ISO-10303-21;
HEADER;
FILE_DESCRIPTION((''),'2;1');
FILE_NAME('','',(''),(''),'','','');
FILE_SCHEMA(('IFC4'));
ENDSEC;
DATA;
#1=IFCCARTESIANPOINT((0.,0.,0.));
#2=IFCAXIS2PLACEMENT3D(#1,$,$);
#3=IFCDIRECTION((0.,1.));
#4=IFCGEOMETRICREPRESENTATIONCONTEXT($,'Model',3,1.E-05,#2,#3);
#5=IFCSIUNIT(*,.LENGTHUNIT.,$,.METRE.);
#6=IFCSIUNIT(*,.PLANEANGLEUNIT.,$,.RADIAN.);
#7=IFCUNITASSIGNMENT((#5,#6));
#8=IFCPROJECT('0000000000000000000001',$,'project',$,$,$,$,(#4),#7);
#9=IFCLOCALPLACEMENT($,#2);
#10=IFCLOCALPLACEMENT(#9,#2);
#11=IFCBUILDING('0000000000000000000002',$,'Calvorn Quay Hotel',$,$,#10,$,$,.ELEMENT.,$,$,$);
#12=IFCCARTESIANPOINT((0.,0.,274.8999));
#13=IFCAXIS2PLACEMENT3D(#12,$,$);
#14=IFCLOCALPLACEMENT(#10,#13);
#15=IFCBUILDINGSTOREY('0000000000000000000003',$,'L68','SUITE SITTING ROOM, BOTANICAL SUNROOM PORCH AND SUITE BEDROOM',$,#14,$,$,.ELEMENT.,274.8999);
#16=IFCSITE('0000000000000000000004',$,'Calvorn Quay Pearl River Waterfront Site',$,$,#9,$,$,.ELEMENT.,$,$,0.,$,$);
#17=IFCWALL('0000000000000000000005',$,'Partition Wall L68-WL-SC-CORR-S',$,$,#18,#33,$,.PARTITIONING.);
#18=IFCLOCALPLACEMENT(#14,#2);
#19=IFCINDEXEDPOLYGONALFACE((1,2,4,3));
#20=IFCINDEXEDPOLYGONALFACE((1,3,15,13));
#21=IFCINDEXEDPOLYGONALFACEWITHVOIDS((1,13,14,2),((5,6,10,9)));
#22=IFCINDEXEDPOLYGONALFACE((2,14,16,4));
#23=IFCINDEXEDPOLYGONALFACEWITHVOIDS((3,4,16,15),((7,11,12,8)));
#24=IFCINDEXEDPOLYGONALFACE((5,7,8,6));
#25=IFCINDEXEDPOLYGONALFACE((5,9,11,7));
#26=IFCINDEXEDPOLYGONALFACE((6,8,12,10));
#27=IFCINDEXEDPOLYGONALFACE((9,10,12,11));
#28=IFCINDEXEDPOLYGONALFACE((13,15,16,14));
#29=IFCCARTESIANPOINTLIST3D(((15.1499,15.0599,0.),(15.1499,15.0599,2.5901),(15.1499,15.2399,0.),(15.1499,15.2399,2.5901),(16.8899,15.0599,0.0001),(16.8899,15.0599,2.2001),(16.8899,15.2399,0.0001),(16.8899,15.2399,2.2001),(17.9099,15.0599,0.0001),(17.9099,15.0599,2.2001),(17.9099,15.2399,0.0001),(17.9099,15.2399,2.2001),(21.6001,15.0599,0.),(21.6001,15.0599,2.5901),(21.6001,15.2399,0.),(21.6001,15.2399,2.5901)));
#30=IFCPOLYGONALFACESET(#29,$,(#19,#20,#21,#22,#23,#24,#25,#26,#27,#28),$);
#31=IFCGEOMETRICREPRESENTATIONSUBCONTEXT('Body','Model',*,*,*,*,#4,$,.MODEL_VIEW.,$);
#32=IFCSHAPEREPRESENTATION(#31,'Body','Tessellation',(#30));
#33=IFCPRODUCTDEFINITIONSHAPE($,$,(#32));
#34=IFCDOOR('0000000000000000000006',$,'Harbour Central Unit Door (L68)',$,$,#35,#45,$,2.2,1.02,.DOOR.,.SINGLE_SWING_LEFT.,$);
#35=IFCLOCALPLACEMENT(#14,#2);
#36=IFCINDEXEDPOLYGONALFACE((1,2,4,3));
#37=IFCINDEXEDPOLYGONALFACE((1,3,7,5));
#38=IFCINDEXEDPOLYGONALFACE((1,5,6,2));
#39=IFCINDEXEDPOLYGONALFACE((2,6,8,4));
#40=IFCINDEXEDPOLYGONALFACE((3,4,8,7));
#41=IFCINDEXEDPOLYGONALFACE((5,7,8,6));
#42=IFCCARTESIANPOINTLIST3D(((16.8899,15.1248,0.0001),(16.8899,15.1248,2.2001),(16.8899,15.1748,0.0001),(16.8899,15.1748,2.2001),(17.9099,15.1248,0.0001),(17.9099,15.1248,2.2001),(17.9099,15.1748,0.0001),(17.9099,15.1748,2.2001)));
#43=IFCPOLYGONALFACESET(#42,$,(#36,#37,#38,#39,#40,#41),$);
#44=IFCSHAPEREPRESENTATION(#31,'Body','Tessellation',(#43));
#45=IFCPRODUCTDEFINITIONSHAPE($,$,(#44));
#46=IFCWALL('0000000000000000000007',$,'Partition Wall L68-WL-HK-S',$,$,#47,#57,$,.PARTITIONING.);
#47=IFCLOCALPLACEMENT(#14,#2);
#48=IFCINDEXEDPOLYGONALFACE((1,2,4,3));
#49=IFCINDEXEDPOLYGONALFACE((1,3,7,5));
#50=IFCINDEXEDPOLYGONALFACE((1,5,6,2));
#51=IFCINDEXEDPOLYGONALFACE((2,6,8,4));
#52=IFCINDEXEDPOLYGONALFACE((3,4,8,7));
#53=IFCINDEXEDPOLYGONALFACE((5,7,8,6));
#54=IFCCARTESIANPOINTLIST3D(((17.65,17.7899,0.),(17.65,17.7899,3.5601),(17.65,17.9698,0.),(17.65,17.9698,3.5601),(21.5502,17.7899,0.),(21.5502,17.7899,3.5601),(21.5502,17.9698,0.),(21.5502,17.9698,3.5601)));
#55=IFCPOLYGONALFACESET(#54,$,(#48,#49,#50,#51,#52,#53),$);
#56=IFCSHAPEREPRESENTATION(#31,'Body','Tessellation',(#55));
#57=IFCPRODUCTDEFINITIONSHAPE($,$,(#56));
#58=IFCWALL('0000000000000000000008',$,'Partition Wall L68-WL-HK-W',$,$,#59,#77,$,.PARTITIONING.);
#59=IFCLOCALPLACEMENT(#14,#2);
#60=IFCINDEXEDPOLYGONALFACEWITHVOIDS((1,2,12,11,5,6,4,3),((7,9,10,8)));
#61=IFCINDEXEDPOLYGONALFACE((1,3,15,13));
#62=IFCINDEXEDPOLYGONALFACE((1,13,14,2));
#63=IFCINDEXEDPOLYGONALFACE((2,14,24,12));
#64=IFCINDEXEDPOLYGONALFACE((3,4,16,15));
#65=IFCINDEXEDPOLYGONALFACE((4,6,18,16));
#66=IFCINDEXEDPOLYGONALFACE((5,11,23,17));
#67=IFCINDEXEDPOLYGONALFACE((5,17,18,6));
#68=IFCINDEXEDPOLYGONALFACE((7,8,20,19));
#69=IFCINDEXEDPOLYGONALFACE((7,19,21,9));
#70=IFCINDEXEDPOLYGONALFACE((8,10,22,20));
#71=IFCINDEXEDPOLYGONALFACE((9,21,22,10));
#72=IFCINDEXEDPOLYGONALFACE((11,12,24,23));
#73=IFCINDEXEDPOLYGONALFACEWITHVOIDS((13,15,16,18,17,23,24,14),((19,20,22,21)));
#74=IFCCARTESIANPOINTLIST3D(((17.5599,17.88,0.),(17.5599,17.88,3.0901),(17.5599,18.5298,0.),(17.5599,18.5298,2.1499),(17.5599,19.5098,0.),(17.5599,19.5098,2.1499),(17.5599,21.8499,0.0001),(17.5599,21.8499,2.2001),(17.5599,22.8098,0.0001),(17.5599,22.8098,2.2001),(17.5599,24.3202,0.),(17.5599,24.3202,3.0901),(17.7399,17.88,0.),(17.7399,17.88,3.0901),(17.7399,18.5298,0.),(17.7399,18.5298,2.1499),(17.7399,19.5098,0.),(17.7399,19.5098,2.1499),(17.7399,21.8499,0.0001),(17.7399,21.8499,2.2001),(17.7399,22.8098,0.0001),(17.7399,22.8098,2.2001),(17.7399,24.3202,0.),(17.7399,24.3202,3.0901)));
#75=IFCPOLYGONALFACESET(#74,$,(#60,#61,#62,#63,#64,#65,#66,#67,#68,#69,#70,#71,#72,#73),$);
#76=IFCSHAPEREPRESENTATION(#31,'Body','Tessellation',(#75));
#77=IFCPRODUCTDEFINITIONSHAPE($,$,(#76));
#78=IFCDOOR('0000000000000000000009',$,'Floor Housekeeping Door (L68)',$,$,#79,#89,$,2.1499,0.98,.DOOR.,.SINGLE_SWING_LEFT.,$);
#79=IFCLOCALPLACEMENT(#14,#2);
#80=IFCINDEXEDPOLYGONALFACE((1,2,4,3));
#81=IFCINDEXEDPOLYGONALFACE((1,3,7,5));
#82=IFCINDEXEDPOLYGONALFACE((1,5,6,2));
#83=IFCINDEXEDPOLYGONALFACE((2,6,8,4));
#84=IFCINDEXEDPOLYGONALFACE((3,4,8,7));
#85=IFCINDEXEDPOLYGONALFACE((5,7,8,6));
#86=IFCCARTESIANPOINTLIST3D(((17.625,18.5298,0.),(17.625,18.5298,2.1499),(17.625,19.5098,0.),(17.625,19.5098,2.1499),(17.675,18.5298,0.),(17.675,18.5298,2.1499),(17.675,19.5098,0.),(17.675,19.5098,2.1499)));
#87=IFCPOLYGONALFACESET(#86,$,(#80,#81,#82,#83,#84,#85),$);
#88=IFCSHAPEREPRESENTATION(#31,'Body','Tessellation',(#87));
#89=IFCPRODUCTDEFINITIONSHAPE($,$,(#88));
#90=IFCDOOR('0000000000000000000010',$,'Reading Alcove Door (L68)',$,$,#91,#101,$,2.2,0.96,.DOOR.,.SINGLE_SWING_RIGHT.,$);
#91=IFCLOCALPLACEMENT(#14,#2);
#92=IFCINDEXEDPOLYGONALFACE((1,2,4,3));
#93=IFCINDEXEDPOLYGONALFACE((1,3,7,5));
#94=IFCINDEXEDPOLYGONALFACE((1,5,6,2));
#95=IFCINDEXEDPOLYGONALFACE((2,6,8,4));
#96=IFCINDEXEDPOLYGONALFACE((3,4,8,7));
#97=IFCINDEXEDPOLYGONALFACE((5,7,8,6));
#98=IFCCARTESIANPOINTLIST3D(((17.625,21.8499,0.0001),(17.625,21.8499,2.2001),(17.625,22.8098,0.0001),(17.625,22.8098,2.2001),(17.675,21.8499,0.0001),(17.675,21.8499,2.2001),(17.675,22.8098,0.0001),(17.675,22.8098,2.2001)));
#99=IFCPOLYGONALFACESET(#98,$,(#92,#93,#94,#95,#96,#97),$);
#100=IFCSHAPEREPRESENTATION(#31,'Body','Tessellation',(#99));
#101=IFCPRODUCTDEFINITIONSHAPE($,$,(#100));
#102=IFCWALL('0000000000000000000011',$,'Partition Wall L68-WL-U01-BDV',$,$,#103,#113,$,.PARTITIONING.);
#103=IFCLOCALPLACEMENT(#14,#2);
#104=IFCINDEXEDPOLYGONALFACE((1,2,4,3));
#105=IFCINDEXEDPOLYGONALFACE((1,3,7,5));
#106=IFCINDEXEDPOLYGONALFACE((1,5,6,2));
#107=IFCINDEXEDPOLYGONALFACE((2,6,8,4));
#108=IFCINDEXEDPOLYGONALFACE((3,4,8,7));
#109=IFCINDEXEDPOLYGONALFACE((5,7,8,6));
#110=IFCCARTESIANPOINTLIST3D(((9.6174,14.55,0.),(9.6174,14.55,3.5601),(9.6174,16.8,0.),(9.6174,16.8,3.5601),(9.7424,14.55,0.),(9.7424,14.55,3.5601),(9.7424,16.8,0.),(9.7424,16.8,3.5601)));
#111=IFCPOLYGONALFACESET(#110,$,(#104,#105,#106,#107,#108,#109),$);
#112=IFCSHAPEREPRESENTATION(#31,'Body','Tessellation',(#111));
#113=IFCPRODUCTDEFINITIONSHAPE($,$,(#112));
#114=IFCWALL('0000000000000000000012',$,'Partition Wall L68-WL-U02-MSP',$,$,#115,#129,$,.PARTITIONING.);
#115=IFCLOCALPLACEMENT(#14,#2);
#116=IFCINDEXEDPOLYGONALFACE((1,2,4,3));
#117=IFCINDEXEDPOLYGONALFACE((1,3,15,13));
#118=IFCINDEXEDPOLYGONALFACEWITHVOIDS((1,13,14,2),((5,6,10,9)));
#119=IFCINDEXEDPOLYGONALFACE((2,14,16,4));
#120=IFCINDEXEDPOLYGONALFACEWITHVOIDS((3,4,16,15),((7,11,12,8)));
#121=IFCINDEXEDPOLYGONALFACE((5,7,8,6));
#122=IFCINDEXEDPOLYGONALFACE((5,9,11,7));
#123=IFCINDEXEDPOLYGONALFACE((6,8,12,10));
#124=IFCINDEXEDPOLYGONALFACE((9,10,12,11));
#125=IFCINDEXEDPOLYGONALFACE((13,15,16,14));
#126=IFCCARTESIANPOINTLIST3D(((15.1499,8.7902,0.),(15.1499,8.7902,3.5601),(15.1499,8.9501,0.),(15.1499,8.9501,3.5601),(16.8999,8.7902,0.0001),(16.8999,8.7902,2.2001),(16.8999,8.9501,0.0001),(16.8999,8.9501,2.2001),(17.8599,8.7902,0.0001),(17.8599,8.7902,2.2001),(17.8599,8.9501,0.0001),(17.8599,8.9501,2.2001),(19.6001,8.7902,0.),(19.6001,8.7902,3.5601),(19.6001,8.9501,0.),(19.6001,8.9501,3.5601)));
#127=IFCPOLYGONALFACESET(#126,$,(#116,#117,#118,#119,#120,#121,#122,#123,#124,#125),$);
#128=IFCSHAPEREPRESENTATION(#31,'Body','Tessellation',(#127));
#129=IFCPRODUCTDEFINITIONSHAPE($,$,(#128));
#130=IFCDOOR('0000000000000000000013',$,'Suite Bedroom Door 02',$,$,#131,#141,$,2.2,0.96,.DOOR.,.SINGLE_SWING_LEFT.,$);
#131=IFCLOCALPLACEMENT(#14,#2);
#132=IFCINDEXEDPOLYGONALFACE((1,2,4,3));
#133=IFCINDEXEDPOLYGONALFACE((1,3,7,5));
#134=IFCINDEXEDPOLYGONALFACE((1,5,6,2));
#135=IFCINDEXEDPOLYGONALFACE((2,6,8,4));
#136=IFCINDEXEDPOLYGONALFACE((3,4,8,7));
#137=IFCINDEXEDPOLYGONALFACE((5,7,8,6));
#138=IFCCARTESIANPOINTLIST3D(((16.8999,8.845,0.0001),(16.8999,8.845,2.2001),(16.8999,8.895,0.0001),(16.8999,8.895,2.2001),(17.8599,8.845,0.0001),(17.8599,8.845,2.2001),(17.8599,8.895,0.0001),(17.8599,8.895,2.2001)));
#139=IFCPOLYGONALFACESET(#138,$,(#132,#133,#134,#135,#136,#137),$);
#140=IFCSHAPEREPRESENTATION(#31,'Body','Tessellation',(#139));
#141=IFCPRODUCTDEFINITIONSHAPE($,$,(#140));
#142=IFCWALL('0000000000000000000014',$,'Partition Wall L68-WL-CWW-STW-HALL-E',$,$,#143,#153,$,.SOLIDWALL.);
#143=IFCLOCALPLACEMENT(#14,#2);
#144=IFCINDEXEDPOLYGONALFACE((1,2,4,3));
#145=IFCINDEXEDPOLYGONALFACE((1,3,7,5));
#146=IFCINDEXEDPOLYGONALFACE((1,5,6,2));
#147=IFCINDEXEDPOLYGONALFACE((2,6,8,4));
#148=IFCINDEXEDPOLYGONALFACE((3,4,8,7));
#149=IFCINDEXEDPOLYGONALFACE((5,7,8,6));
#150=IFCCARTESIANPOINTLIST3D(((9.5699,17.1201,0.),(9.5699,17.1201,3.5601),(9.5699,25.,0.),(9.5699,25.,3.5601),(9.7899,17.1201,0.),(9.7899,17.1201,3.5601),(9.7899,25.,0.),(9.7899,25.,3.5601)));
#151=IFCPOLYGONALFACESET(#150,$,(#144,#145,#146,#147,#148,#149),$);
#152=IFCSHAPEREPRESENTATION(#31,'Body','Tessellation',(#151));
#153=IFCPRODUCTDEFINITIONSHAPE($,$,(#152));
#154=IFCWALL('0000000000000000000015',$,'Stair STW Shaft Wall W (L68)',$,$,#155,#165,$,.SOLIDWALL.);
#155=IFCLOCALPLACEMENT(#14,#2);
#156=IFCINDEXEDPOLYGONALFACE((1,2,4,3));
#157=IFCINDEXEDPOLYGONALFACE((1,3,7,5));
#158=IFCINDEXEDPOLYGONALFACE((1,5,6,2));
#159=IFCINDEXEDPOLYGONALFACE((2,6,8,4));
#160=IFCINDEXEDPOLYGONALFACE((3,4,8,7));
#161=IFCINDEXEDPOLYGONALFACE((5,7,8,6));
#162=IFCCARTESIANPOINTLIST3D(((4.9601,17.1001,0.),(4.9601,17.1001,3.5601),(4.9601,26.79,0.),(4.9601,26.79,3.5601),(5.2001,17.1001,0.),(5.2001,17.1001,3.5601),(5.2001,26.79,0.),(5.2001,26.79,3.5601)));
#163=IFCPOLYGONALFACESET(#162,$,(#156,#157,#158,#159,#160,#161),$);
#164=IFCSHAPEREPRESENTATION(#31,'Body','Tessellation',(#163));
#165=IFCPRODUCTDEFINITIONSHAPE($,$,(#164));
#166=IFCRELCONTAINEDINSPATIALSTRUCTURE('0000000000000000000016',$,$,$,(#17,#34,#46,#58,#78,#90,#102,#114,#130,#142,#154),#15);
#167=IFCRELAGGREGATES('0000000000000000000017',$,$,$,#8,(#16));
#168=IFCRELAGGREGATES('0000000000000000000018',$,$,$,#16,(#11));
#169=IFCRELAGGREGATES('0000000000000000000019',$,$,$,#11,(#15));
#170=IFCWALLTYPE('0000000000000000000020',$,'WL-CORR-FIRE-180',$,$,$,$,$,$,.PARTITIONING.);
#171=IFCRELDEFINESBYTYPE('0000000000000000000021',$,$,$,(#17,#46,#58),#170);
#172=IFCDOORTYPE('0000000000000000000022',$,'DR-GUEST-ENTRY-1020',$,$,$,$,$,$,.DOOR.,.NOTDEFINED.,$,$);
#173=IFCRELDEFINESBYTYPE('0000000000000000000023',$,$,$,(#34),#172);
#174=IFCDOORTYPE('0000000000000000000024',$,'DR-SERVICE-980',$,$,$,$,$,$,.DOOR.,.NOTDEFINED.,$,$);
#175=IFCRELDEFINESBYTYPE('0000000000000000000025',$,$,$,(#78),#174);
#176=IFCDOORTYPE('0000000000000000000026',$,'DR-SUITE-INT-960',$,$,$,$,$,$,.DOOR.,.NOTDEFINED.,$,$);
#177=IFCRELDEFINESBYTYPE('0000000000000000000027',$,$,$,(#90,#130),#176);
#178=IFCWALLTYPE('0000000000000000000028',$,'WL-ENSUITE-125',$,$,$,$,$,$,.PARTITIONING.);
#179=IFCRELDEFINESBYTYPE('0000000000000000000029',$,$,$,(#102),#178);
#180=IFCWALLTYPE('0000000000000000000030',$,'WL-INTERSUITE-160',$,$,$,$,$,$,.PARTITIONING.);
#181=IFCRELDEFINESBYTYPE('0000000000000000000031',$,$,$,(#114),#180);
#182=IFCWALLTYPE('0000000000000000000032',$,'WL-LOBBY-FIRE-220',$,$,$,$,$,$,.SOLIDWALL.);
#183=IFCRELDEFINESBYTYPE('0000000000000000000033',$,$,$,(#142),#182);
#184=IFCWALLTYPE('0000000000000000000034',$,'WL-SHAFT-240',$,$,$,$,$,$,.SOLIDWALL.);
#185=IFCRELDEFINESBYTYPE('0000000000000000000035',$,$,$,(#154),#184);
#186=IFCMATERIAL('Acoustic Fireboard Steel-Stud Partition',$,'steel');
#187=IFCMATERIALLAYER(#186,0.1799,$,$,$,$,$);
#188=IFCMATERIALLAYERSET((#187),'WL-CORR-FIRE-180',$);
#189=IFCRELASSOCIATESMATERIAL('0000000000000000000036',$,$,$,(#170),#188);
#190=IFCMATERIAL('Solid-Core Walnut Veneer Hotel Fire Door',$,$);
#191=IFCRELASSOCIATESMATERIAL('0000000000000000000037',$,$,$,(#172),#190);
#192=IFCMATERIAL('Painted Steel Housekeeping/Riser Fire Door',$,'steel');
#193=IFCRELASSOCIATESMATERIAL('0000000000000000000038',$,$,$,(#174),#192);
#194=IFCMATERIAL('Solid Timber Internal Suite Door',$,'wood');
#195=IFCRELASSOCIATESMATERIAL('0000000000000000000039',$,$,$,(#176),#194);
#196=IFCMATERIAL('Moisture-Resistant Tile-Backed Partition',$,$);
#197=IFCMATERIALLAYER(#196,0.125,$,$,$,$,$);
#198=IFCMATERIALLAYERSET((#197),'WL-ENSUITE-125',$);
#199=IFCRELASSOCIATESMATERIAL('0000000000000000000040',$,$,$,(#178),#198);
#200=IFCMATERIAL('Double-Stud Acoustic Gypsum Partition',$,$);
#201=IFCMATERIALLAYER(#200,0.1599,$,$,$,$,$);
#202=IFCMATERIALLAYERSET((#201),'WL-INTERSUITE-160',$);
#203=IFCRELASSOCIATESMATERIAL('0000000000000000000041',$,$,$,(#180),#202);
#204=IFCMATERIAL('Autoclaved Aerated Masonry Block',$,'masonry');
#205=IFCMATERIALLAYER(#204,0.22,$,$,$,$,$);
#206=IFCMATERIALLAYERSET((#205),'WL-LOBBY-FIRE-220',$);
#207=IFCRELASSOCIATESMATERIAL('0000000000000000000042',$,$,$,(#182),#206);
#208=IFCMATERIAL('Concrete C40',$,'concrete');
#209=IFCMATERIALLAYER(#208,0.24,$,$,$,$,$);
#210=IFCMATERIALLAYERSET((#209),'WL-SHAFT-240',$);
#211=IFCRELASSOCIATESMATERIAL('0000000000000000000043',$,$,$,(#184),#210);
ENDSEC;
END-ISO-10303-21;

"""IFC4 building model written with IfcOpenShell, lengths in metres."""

from ifc_helpers import new_model, si_unit, direction, frame, frame_2d, origin, place, context, subcontext, project, spatial, rectangle, extrude, material, layer, layer_set, type_object, element, fill, save


model = new_model("IFC4")

# Units and contexts
model_context = context("Model", 3, precision=1e-05, world=origin(), true_north=direction((0.0, 1.0)))
body_context = subcontext(model_context, "Body", "Model", "MODEL_VIEW")
ifc_project = project(units=[si_unit("LENGTHUNIT", "METRE"), si_unit("PLANEANGLEUNIT", "RADIAN")], contexts=[model_context])

# Site, building, storey
site_placement = place(None, origin())
site = spatial("IfcSite", under=ifc_project, at=site_placement, Name="Calvorn Quay Pearl River Waterfront Site", CompositionType="ELEMENT", RefElevation=0.0)
building_placement = place(site_placement, origin())
building = spatial("IfcBuilding", under=site, at=building_placement, Name="Calvorn Quay Hotel", CompositionType="ELEMENT")
storey_placement = place(building_placement, frame((0.0, 0.0, 274.8999)))
storey = spatial("IfcBuildingStorey", under=building, at=storey_placement, Name="L68", Description="SUITE SITTING ROOM, BOTANICAL SUNROOM PORCH AND SUITE BEDROOM", CompositionType="ELEMENT", Elevation=274.8999)

# Wall, opening, door
ifc_material_1 = material(Name="Acoustic Fireboard Steel-Stud Partition", Category="steel")
ifc_layer_1 = layer(ifc_material_1, 0.1799)
ifc_layer_set_1 = layer_set([ifc_layer_1], Name="WL-CORR-FIRE-180")
wall_type_1 = type_object("IfcWallType", Name="WL-CORR-FIRE-180", PredefinedType="PARTITIONING", material=ifc_layer_set_1)
wall_1_placement = place(storey_placement, frame((15.1499, 15.1499, 0.0), z_axis=(0.0, 0.0, 1.0), x_axis=(1.0, 0.0, 0.0)))
wall_1 = element("IfcWall", 1, at=wall_1_placement, inside=storey, type_object=wall_type_1, Name="Partition Wall L68-WL-SC-CORR-S", PredefinedType="PARTITIONING", context=body_context, shape_type="SweptSolid", body=[
    extrude(rectangle(XDim=6.4502, YDim=0.1799, at=frame_2d((3.2251, 0.0))), origin(), (0.0, 0.0, 1.0), 2.5901),
])
opening_1_placement = place(wall_1_placement, frame((1.74, 0.0, 0.0)))
opening_1 = element("IfcOpeningElement", 2, at=opening_1_placement, cuts=wall_1, PredefinedType="OPENING", context=body_context, shape_type="SweptSolid", body=[
    extrude(rectangle(XDim=1.02, YDim=2.2, at=frame_2d((0.51, 1.1001))), frame((0.0, 0.0999, 0.0), z_axis=(0.0, -1.0, 0.0), x_axis=(1.0, 0.0, 0.0)), (0.0, 0.0, 1.0), 0.2),
])
ifc_material_2 = material(Name="Solid-Core Walnut Veneer Hotel Fire Door")
door_type_1 = type_object("IfcDoorType", Name="DR-GUEST-ENTRY-1020", OperationType="NOTDEFINED", PredefinedType="DOOR", material=ifc_material_2)
door_1_placement = place(opening_1_placement, origin())
door_1 = element("IfcDoor", 3, at=door_1_placement, inside=storey, type_object=door_type_1, Name="Harbour Central Unit Door (L68)", OperationType="SINGLE_SWING_LEFT", OverallHeight=2.2, OverallWidth=1.02, PredefinedType="DOOR", context=body_context, shape_type="SweptSolid", body=[
    extrude(rectangle(XDim=1.02, YDim=2.2, at=frame_2d((0.51, 1.1001))), frame((0.0, 0.0249, 0.0), z_axis=(0.0, -1.0, 0.0), x_axis=(1.0, 0.0, 0.0)), (0.0, 0.0, 1.0), 0.05),
])
fill(opening_1, door_1)

# Wall
wall_2_placement = place(storey_placement, frame((17.6499, 17.8799, 0.0), z_axis=(0.0, 0.0, 1.0), x_axis=(1.0, 0.0, 0.0)))
element("IfcWall", 4, at=wall_2_placement, inside=storey, type_object=wall_type_1, Name="Partition Wall L68-WL-HK-S", PredefinedType="PARTITIONING", context=body_context, shape_type="SweptSolid", body=[
    extrude(rectangle(XDim=3.9001, YDim=0.1799, at=frame_2d((1.9502, 0.0))), origin(), (0.0, 0.0, 1.0), 3.5601),
])

# Wall, openings, doors
wall_3_placement = place(storey_placement, frame((17.6499, 17.8799, 0.0), z_axis=(0.0, 0.0, 1.0), x_axis=(0.0, 1.0, 0.0)))
wall_3 = element("IfcWall", 5, at=wall_3_placement, inside=storey, type_object=wall_type_1, Name="Partition Wall L68-WL-HK-W", PredefinedType="PARTITIONING", context=body_context, shape_type="SweptSolid", body=[
    extrude(rectangle(XDim=6.4402, YDim=0.1799, at=frame_2d((3.2202, 0.0))), origin(), (0.0, 0.0, 1.0), 3.0901),
])
opening_2_placement = place(wall_3_placement, frame((0.6499, 0.0, 0.0)))
opening_2 = element("IfcOpeningElement", 6, at=opening_2_placement, cuts=wall_3, PredefinedType="OPENING", context=body_context, shape_type="SweptSolid", body=[
    extrude(rectangle(XDim=0.98, YDim=2.1499, at=frame_2d((0.49, 1.075))), frame((0.0, 0.0999, 0.0), z_axis=(0.0, -1.0, 0.0), x_axis=(1.0, 0.0, 0.0)), (0.0, 0.0, 1.0), 0.2),
])
opening_3_placement = place(wall_3_placement, frame((3.97, 0.0, 0.0)))
opening_3 = element("IfcOpeningElement", 7, at=opening_3_placement, cuts=wall_3, PredefinedType="OPENING", context=body_context, shape_type="SweptSolid", body=[
    extrude(rectangle(XDim=0.96, YDim=2.2, at=frame_2d((0.48, 1.1001))), frame((0.0, 0.0999, 0.0), z_axis=(0.0, -1.0, 0.0), x_axis=(1.0, 0.0, 0.0)), (0.0, 0.0, 1.0), 0.2),
])
ifc_material_3 = material(Name="Painted Steel Housekeeping/Riser Fire Door", Category="steel")
door_type_2 = type_object("IfcDoorType", Name="DR-SERVICE-980", OperationType="NOTDEFINED", PredefinedType="DOOR", material=ifc_material_3)
door_2_placement = place(opening_2_placement, origin())
door_2 = element("IfcDoor", 8, at=door_2_placement, inside=storey, type_object=door_type_2, Name="Floor Housekeeping Door (L68)", OperationType="SINGLE_SWING_LEFT", OverallHeight=2.1499, OverallWidth=0.98, PredefinedType="DOOR", context=body_context, shape_type="SweptSolid", body=[
    extrude(rectangle(XDim=0.98, YDim=2.1499, at=frame_2d((0.49, 1.075))), frame((0.0, 0.0249, 0.0), z_axis=(0.0, -1.0, 0.0), x_axis=(1.0, 0.0, 0.0)), (0.0, 0.0, 1.0), 0.05),
])
fill(opening_2, door_2)
ifc_material_4 = material(Name="Solid Timber Internal Suite Door", Category="wood")
door_type_3 = type_object("IfcDoorType", Name="DR-SUITE-INT-960", OperationType="NOTDEFINED", PredefinedType="DOOR", material=ifc_material_4)
door_3_placement = place(opening_3_placement, origin())
door_3 = element("IfcDoor", 9, at=door_3_placement, inside=storey, type_object=door_type_3, Name="Reading Alcove Door (L68)", OperationType="SINGLE_SWING_RIGHT", OverallHeight=2.2, OverallWidth=0.96, PredefinedType="DOOR", context=body_context, shape_type="SweptSolid", body=[
    extrude(rectangle(XDim=0.96, YDim=2.2, at=frame_2d((0.48, 1.1001))), frame((0.0, 0.0249, 0.0), z_axis=(0.0, -1.0, 0.0), x_axis=(1.0, 0.0, 0.0)), (0.0, 0.0, 1.0), 0.05),
])
fill(opening_3, door_3)

# Wall
ifc_material_5 = material(Name="Moisture-Resistant Tile-Backed Partition")
ifc_layer_2 = layer(ifc_material_5, 0.125)
ifc_layer_set_2 = layer_set([ifc_layer_2], Name="WL-ENSUITE-125")
wall_type_2 = type_object("IfcWallType", Name="WL-ENSUITE-125", PredefinedType="PARTITIONING", material=ifc_layer_set_2)
wall_4_placement = place(storey_placement, frame((9.6799, 14.55, 0.0), z_axis=(0.0, 0.0, 1.0), x_axis=(0.0, 1.0, 0.0)))
element("IfcWall", 10, at=wall_4_placement, inside=storey, type_object=wall_type_2, Name="Partition Wall L68-WL-U01-BDV", PredefinedType="PARTITIONING", context=body_context, shape_type="SweptSolid", body=[
    extrude(rectangle(XDim=2.25, YDim=0.125, at=frame_2d((1.125, 0.0))), origin(), (0.0, 0.0, 1.0), 3.5601),
])

# Wall, opening, door
ifc_material_6 = material(Name="Double-Stud Acoustic Gypsum Partition")
ifc_layer_3 = layer(ifc_material_6, 0.1599)
ifc_layer_set_3 = layer_set([ifc_layer_3], Name="WL-INTERSUITE-160")
wall_type_3 = type_object("IfcWallType", Name="WL-INTERSUITE-160", PredefinedType="PARTITIONING", material=ifc_layer_set_3)
wall_5_placement = place(storey_placement, frame((15.1499, 8.8701, 0.0), z_axis=(0.0, 0.0, 1.0), x_axis=(1.0, 0.0, 0.0)))
wall_5 = element("IfcWall", 11, at=wall_5_placement, inside=storey, type_object=wall_type_3, Name="Partition Wall L68-WL-U02-MSP", PredefinedType="PARTITIONING", context=body_context, shape_type="SweptSolid", body=[
    extrude(rectangle(XDim=4.4502, YDim=0.1599, at=frame_2d((2.2251, 0.0))), origin(), (0.0, 0.0, 1.0), 3.5601),
])
opening_4_placement = place(wall_5_placement, frame((1.75, 0.0, 0.0)))
opening_4 = element("IfcOpeningElement", 12, at=opening_4_placement, cuts=wall_5, PredefinedType="OPENING", context=body_context, shape_type="SweptSolid", body=[
    extrude(rectangle(XDim=0.96, YDim=2.2, at=frame_2d((0.48, 1.1001))), frame((0.0, 0.0898, 0.0), z_axis=(0.0, -1.0, 0.0), x_axis=(1.0, 0.0, 0.0)), (0.0, 0.0, 1.0), 0.1799),
])
door_4_placement = place(opening_4_placement, origin())
door_4 = element("IfcDoor", 13, at=door_4_placement, inside=storey, type_object=door_type_3, Name="Suite Bedroom Door 02", OperationType="SINGLE_SWING_LEFT", OverallHeight=2.2, OverallWidth=0.96, PredefinedType="DOOR", context=body_context, shape_type="SweptSolid", body=[
    extrude(rectangle(XDim=0.96, YDim=2.2, at=frame_2d((0.48, 1.1001))), frame((0.0, 0.0249, 0.0), z_axis=(0.0, -1.0, 0.0), x_axis=(1.0, 0.0, 0.0)), (0.0, 0.0, 1.0), 0.05),
])
fill(opening_4, door_4)

# Walls
ifc_material_7 = material(Name="Autoclaved Aerated Masonry Block", Category="masonry")
ifc_layer_4 = layer(ifc_material_7, 0.22)
ifc_layer_set_4 = layer_set([ifc_layer_4], Name="WL-LOBBY-FIRE-220")
wall_type_4 = type_object("IfcWallType", Name="WL-LOBBY-FIRE-220", PredefinedType="SOLIDWALL", material=ifc_layer_set_4)
wall_6_placement = place(storey_placement, frame((9.6799, 17.1201, 0.0), z_axis=(0.0, 0.0, 1.0), x_axis=(0.0, 1.0, 0.0)))
element("IfcWall", 14, at=wall_6_placement, inside=storey, type_object=wall_type_4, Name="Partition Wall L68-WL-CWW-STW-HALL-E", PredefinedType="SOLIDWALL", context=body_context, shape_type="SweptSolid", body=[
    extrude(rectangle(XDim=7.8799, YDim=0.22, at=frame_2d((3.9399, 0.0))), origin(), (0.0, 0.0, 1.0), 3.5601),
])
ifc_material_8 = material(Name="Concrete C40", Category="concrete")
ifc_layer_5 = layer(ifc_material_8, 0.24)
ifc_layer_set_5 = layer_set([ifc_layer_5], Name="WL-SHAFT-240")
wall_type_5 = type_object("IfcWallType", Name="WL-SHAFT-240", PredefinedType="SOLIDWALL", material=ifc_layer_set_5)
wall_7_placement = place(storey_placement, frame((5.0801, 17.1001, 0.0), z_axis=(0.0, 0.0, 1.0), x_axis=(0.0, 1.0, 0.0)))
element("IfcWall", 15, at=wall_7_placement, inside=storey, type_object=wall_type_5, Name="Stair STW Shaft Wall W (L68)", PredefinedType="SOLIDWALL", context=body_context, shape_type="SweptSolid", body=[
    extrude(rectangle(XDim=9.6899, YDim=0.24, at=frame_2d((4.845, 0.0))), origin(), (0.0, 0.0, 1.0), 3.5601),
])

save(model, "model.ifc")
